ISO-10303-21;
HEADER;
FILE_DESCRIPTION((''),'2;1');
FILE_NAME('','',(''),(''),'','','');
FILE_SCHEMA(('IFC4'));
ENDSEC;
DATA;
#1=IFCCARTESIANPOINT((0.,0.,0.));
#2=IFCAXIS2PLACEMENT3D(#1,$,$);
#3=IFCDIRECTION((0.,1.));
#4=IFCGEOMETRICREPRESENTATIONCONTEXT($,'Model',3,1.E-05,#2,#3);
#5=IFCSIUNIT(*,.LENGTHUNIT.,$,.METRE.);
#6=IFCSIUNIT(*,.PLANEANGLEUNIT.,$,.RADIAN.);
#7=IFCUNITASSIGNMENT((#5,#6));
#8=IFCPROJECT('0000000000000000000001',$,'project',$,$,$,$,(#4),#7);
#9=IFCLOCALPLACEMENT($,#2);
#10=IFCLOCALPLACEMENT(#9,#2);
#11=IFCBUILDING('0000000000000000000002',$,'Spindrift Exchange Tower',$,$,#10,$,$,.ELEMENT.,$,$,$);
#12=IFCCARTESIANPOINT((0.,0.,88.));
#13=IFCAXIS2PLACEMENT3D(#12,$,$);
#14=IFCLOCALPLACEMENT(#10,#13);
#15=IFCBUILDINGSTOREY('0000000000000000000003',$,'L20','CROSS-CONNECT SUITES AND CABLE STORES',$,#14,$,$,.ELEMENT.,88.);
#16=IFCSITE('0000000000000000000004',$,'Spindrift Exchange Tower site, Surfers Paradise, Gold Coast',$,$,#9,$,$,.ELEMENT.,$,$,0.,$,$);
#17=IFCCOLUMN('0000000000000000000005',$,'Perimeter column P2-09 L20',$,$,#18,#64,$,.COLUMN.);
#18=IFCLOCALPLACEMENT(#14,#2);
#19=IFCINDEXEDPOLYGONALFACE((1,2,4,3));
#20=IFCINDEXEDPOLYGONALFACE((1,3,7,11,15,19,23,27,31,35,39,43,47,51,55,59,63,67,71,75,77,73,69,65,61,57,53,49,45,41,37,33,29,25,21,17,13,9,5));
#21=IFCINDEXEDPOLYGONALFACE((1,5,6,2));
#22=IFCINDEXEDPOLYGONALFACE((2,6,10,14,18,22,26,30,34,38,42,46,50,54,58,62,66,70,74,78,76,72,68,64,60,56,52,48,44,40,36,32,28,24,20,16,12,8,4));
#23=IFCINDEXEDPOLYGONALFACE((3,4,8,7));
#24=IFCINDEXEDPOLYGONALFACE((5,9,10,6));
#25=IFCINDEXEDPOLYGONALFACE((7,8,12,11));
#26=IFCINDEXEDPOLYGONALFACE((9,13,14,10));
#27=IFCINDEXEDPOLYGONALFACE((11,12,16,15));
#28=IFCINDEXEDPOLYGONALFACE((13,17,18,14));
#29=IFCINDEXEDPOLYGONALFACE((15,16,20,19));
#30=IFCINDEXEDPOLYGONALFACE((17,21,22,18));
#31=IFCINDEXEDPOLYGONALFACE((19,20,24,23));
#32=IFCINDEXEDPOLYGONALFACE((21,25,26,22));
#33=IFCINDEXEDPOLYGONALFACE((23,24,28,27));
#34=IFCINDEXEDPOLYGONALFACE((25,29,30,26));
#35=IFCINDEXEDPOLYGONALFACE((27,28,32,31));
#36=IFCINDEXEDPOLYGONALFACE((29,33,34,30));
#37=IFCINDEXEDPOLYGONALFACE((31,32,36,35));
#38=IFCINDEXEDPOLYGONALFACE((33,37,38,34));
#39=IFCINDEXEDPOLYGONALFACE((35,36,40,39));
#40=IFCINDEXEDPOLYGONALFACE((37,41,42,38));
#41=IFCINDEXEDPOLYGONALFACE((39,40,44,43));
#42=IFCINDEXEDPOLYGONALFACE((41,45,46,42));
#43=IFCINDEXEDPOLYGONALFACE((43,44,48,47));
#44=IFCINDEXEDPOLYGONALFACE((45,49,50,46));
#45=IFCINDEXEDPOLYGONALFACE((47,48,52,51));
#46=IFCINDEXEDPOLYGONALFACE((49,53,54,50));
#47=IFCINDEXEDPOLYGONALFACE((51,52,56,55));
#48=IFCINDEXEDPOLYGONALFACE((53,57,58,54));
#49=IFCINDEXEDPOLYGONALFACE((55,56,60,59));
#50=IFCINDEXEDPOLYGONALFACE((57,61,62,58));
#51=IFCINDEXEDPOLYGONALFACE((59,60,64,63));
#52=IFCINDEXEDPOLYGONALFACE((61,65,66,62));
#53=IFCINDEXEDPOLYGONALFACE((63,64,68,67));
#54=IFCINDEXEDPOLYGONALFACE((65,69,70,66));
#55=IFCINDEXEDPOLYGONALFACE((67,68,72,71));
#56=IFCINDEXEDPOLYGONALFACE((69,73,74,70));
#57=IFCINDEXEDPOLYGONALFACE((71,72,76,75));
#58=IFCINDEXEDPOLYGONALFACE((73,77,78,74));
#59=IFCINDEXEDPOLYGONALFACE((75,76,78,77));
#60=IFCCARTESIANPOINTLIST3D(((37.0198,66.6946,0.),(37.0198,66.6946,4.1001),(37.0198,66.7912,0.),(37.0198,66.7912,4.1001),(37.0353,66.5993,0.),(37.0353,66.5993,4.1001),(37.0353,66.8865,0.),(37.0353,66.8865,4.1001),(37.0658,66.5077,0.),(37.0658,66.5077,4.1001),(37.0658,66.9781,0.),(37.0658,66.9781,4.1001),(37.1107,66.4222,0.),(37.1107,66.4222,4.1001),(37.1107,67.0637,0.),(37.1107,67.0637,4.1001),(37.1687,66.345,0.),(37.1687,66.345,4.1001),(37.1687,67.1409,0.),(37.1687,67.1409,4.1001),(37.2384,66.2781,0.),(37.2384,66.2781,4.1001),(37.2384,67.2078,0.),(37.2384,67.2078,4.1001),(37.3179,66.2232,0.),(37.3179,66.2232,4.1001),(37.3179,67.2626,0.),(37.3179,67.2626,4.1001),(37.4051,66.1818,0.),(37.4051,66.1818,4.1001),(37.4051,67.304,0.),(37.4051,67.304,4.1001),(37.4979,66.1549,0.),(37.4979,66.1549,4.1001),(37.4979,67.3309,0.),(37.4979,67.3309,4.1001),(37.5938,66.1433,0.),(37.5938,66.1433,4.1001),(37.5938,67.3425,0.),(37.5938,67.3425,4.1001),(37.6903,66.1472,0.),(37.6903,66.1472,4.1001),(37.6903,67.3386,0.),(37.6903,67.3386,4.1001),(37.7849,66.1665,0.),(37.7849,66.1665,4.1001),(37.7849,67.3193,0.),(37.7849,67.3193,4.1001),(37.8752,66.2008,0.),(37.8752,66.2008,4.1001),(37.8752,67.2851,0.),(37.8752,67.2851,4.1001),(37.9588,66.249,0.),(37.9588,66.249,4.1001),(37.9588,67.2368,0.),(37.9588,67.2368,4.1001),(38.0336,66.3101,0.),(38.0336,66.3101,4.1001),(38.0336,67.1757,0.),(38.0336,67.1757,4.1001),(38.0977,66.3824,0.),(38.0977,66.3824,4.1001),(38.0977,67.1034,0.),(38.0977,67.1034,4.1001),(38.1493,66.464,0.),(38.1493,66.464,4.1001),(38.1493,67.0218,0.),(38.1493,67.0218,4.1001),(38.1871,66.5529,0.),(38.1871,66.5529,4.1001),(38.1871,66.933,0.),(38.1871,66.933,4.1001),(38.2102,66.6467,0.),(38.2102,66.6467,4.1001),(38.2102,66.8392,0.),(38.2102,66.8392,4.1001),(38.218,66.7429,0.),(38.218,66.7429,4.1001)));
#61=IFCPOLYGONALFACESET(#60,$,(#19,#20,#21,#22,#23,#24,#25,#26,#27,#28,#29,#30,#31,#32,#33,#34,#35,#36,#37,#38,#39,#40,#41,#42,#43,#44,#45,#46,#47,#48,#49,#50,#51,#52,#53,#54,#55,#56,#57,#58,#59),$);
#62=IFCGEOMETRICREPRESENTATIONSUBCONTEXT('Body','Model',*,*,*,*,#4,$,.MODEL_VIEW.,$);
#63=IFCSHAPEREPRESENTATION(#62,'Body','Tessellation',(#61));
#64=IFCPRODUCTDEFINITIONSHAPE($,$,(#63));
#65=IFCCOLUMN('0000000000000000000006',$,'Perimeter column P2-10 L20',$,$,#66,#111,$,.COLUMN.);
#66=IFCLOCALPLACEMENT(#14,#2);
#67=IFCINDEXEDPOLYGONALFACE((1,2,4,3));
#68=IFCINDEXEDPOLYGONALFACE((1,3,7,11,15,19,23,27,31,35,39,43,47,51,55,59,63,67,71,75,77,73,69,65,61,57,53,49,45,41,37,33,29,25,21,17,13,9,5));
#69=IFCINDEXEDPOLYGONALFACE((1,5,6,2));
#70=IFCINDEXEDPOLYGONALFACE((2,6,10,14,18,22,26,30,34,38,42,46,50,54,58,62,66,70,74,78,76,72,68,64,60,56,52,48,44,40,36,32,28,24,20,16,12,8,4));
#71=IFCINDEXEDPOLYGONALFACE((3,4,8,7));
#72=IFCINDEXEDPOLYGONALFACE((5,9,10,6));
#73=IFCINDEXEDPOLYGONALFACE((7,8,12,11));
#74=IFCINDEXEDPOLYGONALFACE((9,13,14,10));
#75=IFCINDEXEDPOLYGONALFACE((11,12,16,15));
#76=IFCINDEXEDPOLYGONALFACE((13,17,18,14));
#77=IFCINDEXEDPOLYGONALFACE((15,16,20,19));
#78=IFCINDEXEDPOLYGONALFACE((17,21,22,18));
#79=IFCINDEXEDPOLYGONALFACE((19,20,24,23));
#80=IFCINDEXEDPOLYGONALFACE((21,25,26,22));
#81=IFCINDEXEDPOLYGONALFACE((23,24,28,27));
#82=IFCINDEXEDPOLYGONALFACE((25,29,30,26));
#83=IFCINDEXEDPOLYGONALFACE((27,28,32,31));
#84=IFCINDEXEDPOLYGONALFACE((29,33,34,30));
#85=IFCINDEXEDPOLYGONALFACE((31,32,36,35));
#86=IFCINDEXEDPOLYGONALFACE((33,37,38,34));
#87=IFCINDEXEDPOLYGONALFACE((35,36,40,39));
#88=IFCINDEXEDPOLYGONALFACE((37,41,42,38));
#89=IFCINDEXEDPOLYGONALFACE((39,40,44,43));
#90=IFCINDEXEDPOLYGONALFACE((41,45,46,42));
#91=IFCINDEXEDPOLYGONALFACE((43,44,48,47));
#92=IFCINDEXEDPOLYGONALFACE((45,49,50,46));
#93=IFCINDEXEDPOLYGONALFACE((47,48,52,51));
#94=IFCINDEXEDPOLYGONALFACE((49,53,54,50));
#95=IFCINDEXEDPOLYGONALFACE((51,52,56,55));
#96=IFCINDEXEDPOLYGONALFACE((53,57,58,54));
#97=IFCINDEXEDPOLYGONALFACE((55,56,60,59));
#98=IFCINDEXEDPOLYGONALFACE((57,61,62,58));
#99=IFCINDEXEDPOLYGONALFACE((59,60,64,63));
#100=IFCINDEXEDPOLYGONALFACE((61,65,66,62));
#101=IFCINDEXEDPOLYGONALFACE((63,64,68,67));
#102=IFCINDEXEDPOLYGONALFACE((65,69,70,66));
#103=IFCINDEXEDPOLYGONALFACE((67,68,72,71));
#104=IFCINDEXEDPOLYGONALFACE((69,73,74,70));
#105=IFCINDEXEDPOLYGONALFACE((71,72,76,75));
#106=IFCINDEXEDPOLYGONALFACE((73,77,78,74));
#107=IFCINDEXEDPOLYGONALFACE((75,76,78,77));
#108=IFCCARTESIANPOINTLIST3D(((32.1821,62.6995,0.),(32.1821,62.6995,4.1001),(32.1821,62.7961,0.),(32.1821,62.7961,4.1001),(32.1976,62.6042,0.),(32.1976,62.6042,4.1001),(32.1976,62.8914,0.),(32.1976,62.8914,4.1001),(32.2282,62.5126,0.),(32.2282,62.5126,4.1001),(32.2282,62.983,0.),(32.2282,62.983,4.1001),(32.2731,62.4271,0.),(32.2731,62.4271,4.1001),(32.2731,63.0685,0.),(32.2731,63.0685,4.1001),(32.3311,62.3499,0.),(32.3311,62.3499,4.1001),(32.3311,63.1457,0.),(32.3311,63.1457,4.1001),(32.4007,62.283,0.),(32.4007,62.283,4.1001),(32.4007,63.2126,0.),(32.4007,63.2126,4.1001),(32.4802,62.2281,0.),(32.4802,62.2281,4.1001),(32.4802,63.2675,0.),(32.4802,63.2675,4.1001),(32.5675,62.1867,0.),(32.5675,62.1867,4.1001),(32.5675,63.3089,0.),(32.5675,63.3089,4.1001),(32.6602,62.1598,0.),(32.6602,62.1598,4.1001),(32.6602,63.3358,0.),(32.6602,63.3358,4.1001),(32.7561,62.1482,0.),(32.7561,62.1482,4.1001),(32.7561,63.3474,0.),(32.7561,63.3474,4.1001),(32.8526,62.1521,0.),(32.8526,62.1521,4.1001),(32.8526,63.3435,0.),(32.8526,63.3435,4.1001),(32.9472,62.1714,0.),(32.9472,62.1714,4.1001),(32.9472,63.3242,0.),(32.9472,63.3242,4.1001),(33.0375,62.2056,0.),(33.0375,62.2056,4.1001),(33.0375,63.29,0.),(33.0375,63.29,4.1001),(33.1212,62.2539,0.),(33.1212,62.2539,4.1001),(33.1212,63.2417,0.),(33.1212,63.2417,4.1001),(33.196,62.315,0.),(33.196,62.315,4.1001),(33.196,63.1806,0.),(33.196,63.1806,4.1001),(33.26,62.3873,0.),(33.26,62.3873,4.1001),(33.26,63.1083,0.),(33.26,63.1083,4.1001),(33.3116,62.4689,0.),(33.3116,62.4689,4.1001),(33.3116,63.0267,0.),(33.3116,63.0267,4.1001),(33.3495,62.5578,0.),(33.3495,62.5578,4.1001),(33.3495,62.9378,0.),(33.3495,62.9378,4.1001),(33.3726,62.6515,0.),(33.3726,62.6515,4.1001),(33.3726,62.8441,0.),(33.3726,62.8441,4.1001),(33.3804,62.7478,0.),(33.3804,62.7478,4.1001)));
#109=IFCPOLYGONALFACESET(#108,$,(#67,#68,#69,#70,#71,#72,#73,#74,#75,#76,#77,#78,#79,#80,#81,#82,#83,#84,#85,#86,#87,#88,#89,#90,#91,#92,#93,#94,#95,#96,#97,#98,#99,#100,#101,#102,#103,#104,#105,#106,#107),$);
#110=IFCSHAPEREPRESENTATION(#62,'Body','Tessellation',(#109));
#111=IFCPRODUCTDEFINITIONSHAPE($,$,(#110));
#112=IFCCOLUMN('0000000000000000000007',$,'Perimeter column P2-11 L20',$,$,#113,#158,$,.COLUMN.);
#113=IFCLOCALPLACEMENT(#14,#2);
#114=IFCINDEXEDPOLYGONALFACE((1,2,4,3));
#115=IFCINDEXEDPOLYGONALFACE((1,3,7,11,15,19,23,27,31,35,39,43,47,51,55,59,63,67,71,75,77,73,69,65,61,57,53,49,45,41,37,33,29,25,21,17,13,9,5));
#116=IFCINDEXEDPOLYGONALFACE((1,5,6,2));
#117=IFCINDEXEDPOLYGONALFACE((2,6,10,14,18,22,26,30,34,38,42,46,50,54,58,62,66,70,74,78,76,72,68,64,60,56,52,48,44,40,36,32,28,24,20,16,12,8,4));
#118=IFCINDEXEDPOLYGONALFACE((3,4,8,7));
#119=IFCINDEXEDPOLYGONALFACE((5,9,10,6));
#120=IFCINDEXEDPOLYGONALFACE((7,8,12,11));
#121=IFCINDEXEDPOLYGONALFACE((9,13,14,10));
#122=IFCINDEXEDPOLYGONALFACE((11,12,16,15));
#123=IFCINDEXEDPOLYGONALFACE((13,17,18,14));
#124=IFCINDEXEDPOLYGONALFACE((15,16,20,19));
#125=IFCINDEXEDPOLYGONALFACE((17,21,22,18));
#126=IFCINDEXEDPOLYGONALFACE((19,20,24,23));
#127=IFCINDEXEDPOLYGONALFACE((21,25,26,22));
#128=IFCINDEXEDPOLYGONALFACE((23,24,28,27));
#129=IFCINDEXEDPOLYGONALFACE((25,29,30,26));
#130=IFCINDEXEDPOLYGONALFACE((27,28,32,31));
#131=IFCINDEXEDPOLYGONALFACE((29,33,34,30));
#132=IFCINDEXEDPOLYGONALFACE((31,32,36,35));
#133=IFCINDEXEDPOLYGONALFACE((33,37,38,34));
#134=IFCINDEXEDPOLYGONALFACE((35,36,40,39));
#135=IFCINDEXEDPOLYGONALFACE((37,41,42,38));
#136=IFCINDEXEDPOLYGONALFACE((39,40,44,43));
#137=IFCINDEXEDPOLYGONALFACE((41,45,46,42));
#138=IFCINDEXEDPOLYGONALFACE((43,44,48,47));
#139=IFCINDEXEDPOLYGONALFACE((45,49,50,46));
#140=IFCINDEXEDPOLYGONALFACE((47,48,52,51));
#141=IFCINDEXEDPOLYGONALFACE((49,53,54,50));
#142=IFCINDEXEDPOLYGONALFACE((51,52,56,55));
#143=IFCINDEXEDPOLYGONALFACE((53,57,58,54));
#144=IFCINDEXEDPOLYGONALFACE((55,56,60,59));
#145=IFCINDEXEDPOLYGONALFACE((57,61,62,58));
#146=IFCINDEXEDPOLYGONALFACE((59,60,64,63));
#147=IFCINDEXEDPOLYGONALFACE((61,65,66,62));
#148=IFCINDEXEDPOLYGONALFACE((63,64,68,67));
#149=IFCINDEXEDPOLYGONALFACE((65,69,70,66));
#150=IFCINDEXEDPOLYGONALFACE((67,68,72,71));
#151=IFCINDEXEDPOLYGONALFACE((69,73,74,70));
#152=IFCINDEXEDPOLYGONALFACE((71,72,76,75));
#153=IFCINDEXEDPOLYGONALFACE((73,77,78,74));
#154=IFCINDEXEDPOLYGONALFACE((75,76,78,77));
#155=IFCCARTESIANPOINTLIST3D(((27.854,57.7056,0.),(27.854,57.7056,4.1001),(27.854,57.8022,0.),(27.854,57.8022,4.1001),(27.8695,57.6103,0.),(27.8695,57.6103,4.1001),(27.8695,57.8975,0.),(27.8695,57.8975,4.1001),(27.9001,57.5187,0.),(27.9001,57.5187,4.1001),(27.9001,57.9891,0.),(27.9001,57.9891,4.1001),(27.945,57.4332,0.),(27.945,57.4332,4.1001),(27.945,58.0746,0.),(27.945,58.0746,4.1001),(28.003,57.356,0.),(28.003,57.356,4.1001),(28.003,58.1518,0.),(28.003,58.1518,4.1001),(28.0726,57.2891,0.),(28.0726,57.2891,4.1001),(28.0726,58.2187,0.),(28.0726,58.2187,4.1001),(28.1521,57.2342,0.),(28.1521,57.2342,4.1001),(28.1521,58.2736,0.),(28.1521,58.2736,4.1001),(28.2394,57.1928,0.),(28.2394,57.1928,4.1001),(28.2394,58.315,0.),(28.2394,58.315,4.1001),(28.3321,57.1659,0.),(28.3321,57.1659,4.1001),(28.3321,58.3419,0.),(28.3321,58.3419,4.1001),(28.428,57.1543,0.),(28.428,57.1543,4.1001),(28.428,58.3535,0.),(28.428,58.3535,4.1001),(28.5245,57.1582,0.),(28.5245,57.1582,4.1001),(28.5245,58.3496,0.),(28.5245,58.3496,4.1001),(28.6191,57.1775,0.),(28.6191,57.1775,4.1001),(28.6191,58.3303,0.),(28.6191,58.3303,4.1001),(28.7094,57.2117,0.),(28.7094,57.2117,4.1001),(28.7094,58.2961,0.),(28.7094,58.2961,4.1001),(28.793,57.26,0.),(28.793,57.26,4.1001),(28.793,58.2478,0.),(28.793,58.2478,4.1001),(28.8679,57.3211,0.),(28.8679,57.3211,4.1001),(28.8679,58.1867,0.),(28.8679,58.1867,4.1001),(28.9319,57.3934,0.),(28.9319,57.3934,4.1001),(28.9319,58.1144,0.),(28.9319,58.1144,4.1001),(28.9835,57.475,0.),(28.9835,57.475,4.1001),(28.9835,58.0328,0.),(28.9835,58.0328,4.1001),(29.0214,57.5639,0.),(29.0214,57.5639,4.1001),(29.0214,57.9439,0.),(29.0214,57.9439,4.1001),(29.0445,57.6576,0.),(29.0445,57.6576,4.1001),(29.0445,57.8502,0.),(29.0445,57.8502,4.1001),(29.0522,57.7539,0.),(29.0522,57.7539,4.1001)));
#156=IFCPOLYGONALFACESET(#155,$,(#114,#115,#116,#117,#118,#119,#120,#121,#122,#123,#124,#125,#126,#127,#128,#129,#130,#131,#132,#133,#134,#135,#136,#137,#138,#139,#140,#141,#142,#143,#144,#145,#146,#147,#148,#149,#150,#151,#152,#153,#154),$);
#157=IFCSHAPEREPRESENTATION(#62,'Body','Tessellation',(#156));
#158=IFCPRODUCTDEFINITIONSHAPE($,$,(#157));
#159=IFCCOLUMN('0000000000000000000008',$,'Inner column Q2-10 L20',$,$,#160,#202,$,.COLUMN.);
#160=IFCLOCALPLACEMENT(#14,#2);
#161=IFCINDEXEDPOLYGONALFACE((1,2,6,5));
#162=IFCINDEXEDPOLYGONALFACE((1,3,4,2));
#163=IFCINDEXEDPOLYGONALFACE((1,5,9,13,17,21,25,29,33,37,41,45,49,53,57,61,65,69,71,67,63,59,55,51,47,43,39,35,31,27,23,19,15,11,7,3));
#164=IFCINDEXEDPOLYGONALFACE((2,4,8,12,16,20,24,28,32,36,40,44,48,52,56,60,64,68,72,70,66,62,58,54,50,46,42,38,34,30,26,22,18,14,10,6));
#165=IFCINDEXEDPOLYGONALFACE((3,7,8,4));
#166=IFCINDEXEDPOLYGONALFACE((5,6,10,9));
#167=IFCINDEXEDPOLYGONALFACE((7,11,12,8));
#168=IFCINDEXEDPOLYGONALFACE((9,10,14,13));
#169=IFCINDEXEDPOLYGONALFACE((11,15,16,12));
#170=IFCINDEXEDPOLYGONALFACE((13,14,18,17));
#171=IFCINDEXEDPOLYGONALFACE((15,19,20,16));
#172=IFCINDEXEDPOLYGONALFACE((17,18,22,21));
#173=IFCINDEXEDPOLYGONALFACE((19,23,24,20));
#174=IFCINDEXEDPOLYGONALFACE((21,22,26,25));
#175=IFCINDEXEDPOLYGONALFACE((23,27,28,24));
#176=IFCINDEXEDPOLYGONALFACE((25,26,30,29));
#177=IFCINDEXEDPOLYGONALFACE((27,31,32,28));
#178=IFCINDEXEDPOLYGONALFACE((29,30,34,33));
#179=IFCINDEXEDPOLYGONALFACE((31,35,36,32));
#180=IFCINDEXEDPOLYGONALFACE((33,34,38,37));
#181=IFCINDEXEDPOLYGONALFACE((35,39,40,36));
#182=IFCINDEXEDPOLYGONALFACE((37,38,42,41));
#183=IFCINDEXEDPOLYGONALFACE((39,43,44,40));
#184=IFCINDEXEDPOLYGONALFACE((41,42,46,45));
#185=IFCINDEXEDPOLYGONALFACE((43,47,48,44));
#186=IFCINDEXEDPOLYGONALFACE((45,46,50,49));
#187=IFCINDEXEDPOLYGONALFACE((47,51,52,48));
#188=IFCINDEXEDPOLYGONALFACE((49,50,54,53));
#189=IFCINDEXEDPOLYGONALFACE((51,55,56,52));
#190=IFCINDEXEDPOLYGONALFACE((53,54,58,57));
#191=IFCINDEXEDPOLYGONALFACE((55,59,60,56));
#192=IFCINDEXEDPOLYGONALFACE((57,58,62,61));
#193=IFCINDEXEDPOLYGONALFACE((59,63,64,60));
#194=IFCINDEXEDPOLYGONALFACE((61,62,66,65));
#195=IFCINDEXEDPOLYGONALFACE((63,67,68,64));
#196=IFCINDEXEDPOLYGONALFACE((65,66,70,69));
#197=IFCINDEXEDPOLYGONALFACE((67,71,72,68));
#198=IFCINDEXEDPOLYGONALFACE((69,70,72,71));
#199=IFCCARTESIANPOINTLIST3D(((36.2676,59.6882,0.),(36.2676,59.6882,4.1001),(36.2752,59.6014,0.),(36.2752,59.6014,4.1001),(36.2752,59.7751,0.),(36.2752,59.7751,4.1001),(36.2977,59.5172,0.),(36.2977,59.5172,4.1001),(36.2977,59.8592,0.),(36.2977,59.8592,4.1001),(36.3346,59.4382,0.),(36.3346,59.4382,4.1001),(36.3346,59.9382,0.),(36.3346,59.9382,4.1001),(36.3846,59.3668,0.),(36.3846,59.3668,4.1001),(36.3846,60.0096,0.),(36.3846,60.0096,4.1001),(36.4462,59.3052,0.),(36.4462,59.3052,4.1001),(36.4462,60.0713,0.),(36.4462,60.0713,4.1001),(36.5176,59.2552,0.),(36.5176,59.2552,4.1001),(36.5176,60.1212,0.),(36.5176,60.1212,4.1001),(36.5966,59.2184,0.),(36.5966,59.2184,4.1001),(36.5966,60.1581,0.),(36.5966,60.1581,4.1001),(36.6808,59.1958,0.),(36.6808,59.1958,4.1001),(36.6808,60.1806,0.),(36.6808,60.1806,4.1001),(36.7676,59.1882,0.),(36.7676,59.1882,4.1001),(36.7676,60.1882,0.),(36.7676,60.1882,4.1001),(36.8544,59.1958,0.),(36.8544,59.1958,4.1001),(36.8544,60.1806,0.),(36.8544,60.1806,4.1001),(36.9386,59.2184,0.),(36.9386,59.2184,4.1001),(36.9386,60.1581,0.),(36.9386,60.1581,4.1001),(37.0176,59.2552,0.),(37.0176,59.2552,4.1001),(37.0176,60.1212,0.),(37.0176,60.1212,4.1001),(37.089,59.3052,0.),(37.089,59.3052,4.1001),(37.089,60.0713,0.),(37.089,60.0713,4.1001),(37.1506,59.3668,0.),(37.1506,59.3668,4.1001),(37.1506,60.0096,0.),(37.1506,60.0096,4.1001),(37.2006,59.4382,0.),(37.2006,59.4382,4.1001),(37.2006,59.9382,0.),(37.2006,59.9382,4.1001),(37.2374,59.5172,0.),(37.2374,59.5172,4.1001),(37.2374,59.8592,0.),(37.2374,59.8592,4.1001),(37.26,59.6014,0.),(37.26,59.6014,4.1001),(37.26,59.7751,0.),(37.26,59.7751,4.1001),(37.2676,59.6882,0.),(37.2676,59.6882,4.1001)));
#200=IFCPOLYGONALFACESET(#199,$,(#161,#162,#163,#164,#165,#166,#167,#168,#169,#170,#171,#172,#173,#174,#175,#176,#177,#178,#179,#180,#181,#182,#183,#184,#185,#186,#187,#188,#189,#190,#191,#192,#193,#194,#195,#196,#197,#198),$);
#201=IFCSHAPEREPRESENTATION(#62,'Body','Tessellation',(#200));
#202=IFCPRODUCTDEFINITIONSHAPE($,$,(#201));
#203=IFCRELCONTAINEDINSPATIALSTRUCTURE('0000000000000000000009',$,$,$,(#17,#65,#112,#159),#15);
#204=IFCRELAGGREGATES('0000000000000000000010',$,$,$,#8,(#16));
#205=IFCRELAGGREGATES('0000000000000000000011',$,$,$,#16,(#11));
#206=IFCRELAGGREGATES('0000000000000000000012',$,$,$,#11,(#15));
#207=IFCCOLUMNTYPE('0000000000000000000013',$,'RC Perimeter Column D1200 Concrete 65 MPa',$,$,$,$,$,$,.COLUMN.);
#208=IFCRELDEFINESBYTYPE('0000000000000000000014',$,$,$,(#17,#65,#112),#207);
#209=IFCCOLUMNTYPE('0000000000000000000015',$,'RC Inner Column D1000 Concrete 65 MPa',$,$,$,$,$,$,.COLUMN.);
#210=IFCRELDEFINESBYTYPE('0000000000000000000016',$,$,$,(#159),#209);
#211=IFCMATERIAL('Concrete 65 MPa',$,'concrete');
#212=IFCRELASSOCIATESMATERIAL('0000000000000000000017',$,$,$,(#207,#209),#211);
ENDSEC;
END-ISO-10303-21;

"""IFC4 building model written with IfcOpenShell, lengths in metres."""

from ifc_helpers import new_model, si_unit, direction, frame, origin, origin_2d, place, context, subcontext, project, spatial, circle, extrude, source, transform, mapped, material, material_profile, profile_set, type_object, element, save


model = new_model("IFC4")

# Units and contexts
model_context = context("Model", 3, precision=1e-05, world=origin(), true_north=direction((0.0, 1.0)))
body_context = subcontext(model_context, "Body", "Model", "MODEL_VIEW")
ifc_project = project(units=[si_unit("LENGTHUNIT", "METRE"), si_unit("PLANEANGLEUNIT", "RADIAN")], contexts=[model_context])

# Site, building, storey
site_placement = place(None, origin())
site = spatial("IfcSite", under=ifc_project, at=site_placement, Name="Spindrift Exchange Tower site, Surfers Paradise, Gold Coast", CompositionType="ELEMENT", RefElevation=0.0)
building_placement = place(site_placement, origin())
building = spatial("IfcBuilding", under=site, at=building_placement, Name="Spindrift Exchange Tower", CompositionType="ELEMENT")
storey_placement = place(building_placement, frame((0.0, 0.0, 88.0)))
storey = spatial("IfcBuildingStorey", under=building, at=storey_placement, Name="L20", Description="CROSS-CONNECT SUITES AND CABLE STORES", CompositionType="ELEMENT", Elevation=88.0)

# Columns
ifc_material_1 = material(Name="Concrete 65 MPa", Category="concrete")
ifc_material_profile_1 = material_profile(ifc_material_1, circle(Radius=0.6001, at=origin_2d()), Name="RC D1200")
ifc_profile_set_1 = profile_set([ifc_material_profile_1], Name="Concrete 65 MPa")
column_type_1 = type_object("IfcColumnType", Name="RC Perimeter Column D1200 Concrete 65 MPa", PredefinedType="COLUMN", material=ifc_profile_set_1)
shared_shape_1 = source(origin(), body_context, "Body", "SweptSolid", [
    extrude(circle(Radius=0.6001, at=origin_2d()), origin(), (0.0, 0.0, 1.0), 4.1001),
])
for number, where, z_axis, x_axis, name in (
    (1, (37.6179, 66.7429, 0.0), (0.0, 0.0, 1.0), (1.0, 0.0, 0.0), "Perimeter column P2-09 L20"),
    (2, (32.7803, 62.7478, 0.0), (0.0, 0.0, 1.0), (1.0, 0.0, 0.0), "Perimeter column P2-10 L20"),
    (3, (28.4521, 57.7539, 0.0), (0.0, 0.0, 1.0), (1.0, 0.0, 0.0), "Perimeter column P2-11 L20"),
):
    element("IfcColumn", number, at=place(storey_placement, frame(where, z_axis=z_axis, x_axis=x_axis)), inside=storey, type_object=column_type_1, Name=name, PredefinedType="COLUMN", context=body_context, shape_type="MappedRepresentation", body=[
        mapped(shared_shape_1, transform((0.0, 0.0, 0.0), scale=1.0)),
    ])
ifc_material_profile_2 = material_profile(ifc_material_1, circle(Radius=0.5, at=origin_2d()), Name="RC D1000")
ifc_profile_set_2 = profile_set([ifc_material_profile_2], Name="Concrete 65 MPa")
column_type_2 = type_object("IfcColumnType", Name="RC Inner Column D1000 Concrete 65 MPa", PredefinedType="COLUMN", material=ifc_profile_set_2)
shared_shape_2 = source(origin(), body_context, "Body", "SweptSolid", [
    extrude(circle(Radius=0.5, at=origin_2d()), origin(), (0.0, 0.0, 1.0), 4.1001),
])
column_placement = place(storey_placement, frame((36.7676, 59.6882, 0.0), z_axis=(0.0, 0.0, 1.0), x_axis=(1.0, 0.0, 0.0)))
element("IfcColumn", 4, at=column_placement, inside=storey, type_object=column_type_2, Name="Inner column Q2-10 L20", PredefinedType="COLUMN", context=body_context, shape_type="MappedRepresentation", body=[
    mapped(shared_shape_2, transform((0.0, 0.0, 0.0), scale=1.0)),
])

save(model, "model.ifc")
